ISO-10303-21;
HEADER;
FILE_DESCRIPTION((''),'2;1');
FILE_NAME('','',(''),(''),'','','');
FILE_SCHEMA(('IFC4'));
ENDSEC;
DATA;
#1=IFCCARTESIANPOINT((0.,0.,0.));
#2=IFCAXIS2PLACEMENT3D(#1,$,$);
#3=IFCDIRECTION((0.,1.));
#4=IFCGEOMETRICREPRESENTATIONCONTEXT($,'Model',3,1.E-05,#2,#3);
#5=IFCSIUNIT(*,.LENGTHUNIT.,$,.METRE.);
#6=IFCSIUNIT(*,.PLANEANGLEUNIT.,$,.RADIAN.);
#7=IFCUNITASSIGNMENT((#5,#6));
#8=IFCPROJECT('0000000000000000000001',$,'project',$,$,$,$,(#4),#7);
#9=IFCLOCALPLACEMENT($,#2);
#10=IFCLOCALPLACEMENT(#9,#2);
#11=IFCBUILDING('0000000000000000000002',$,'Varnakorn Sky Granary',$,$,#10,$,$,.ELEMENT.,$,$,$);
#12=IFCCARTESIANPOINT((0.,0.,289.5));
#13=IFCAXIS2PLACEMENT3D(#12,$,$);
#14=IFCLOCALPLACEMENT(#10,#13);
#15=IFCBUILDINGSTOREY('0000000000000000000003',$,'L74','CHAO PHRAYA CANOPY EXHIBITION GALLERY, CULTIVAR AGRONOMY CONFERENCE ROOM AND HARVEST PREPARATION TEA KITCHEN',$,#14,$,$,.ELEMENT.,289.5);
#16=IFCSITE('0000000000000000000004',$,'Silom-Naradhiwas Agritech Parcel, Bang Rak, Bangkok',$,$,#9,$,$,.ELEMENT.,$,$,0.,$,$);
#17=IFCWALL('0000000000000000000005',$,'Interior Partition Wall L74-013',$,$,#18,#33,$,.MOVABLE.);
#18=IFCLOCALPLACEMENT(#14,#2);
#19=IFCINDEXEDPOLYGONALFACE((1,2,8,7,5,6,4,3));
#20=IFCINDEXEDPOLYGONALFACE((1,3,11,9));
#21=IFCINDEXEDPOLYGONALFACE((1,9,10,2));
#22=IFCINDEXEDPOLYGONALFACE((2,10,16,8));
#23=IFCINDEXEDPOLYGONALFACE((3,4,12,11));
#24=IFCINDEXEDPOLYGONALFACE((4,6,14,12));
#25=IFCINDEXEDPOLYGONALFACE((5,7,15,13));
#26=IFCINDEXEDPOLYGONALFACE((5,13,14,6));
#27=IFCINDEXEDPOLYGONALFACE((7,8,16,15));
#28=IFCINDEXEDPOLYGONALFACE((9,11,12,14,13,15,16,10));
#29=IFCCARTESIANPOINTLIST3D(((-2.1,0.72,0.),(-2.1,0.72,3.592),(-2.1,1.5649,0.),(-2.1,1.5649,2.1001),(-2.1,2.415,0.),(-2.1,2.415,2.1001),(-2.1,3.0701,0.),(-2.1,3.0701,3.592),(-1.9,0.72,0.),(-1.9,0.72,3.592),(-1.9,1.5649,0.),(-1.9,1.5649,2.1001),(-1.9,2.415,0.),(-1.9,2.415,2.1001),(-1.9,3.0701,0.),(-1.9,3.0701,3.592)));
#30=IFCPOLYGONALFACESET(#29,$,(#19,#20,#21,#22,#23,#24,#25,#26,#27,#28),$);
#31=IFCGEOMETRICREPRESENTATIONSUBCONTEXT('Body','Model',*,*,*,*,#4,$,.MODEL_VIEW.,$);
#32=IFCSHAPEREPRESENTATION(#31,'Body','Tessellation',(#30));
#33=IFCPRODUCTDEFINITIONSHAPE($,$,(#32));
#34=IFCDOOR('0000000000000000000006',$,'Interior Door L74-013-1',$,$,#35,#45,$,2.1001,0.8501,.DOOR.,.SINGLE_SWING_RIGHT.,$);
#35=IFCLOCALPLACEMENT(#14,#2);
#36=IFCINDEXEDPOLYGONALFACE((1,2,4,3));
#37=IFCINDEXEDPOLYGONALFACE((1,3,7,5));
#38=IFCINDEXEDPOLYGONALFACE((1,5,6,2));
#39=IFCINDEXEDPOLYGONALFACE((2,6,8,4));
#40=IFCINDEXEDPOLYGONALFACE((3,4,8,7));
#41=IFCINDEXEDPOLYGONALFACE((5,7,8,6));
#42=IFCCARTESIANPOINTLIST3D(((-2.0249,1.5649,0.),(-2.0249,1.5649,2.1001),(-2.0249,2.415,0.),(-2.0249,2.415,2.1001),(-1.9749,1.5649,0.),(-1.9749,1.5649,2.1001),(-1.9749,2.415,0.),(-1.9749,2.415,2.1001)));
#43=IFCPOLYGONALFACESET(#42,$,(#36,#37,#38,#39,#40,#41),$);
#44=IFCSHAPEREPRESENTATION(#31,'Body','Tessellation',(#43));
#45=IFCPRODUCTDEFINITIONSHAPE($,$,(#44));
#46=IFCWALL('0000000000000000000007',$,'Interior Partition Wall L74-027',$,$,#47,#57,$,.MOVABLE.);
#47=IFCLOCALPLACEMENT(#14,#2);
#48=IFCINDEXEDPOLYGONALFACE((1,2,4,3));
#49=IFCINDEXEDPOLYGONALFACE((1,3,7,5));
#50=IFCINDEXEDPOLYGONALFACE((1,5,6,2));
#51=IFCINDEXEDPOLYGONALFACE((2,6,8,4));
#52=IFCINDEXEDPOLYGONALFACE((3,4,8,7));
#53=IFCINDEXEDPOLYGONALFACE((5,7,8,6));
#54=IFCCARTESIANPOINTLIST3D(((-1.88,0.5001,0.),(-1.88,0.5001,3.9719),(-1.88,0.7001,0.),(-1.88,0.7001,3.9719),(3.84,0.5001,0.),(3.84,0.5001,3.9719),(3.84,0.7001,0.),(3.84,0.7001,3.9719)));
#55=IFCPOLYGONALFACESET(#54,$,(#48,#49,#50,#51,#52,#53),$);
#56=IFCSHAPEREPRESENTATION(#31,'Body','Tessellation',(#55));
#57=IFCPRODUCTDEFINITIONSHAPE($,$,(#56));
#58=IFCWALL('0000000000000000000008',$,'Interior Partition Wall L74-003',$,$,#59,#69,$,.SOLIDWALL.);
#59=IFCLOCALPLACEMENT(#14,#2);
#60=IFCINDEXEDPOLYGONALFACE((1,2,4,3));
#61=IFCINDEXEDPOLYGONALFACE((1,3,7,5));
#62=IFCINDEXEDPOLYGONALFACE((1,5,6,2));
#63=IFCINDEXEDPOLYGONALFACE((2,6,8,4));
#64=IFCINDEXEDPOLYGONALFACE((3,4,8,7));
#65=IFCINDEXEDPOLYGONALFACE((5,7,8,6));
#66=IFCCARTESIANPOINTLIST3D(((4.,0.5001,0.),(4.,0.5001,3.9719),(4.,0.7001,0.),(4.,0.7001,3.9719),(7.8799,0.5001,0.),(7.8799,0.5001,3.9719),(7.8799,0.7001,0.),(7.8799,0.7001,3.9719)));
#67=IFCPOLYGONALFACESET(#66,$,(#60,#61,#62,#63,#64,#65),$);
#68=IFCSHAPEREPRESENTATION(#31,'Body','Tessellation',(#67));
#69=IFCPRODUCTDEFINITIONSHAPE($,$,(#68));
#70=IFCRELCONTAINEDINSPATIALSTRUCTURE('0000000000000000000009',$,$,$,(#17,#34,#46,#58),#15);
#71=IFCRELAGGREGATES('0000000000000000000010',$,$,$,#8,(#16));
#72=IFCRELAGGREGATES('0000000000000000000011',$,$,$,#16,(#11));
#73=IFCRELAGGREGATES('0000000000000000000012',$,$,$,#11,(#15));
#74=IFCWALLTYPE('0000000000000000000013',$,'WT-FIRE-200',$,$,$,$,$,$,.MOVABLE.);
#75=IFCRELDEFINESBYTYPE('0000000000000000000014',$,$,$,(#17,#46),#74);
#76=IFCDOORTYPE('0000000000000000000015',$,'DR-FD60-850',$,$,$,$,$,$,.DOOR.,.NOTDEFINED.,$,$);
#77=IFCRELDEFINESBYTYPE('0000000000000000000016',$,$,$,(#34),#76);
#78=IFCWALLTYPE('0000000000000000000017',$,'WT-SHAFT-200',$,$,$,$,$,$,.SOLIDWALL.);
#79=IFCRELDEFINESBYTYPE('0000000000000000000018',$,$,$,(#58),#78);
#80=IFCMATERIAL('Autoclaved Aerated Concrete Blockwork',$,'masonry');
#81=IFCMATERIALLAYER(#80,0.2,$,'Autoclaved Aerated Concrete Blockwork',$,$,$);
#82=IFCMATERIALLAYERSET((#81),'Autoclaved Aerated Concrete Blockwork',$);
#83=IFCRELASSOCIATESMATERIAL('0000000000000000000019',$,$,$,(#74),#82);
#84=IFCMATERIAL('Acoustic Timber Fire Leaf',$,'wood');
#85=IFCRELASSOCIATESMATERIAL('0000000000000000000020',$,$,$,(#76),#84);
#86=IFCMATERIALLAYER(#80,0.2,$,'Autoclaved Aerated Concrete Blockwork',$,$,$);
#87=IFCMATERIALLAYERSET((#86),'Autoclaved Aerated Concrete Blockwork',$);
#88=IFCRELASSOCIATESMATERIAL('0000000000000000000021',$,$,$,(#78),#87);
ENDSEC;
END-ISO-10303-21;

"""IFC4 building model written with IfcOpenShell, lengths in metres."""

from ifc_helpers import new_model, si_unit, direction, frame, frame_2d, origin, place, context, subcontext, project, spatial, rectangle, extrude, material, layer, layer_set, type_object, element, fill, save


model = new_model("IFC4")

# Units and contexts
model_context = context("Model", 3, precision=1e-05, world=origin(), true_north=direction((0.0, 1.0)))
body_context = subcontext(model_context, "Body", "Model", "MODEL_VIEW")
ifc_project = project(units=[si_unit("LENGTHUNIT", "METRE"), si_unit("PLANEANGLEUNIT", "RADIAN")], contexts=[model_context])

# Site, building, storey
site_placement = place(None, origin())
site = spatial("IfcSite", under=ifc_project, at=site_placement, Name="Silom-Naradhiwas Agritech Parcel, Bang Rak, Bangkok", CompositionType="ELEMENT", RefElevation=0.0)
building_placement = place(site_placement, origin())
building = spatial("IfcBuilding", under=site, at=building_placement, Name="Varnakorn Sky Granary", CompositionType="ELEMENT")
storey_placement = place(building_placement, frame((0.0, 0.0, 289.5)))
storey = spatial("IfcBuildingStorey", under=building, at=storey_placement, Name="L74", Description="CHAO PHRAYA CANOPY EXHIBITION GALLERY, CULTIVAR AGRONOMY CONFERENCE ROOM AND HARVEST PREPARATION TEA KITCHEN", CompositionType="ELEMENT", Elevation=289.5)

# Wall, opening, door
ifc_material_1 = material(Name="Autoclaved Aerated Concrete Blockwork", Category="masonry")
ifc_layer_1 = layer(ifc_material_1, 0.2, Name="Autoclaved Aerated Concrete Blockwork")
ifc_layer_set_1 = layer_set([ifc_layer_1], Name="Autoclaved Aerated Concrete Blockwork")
wall_type_1 = type_object("IfcWallType", Name="WT-FIRE-200", PredefinedType="MOVABLE", material=ifc_layer_set_1)
ifc_material_2 = material(Name="Acoustic Timber Fire Leaf", Category="wood")
wall_1_placement = place(storey_placement, frame((-2.0, 0.72, 0.0), z_axis=(0.0, 0.0, 1.0), x_axis=(0.0, 1.0, 0.0)))
wall_1 = element("IfcWall", 1, at=wall_1_placement, inside=storey, type_object=wall_type_1, Name="Interior Partition Wall L74-013", PredefinedType="MOVABLE", context=body_context, shape_type="SweptSolid", body=[
    extrude(rectangle(XDim=2.3501, YDim=0.2, at=frame_2d((1.175, 0.0))), origin(), (0.0, 0.0, 1.0), 3.592),
])
opening_1_placement = place(wall_1_placement, frame((0.845, 0.0, 0.0)))
opening_1 = element("IfcOpeningElement", 2, at=opening_1_placement, cuts=wall_1, PredefinedType="OPENING", context=body_context, shape_type="SweptSolid", body=[
    extrude(rectangle(XDim=0.8501, YDim=2.1001, at=frame_2d((0.425, 1.05))), frame((0.0, 0.1099, 0.0), z_axis=(0.0, -1.0, 0.0), x_axis=(1.0, 0.0, 0.0)), (0.0, 0.0, 1.0), 0.22),
])
door_type_1 = type_object("IfcDoorType", Name="DR-FD60-850", OperationType="NOTDEFINED", PredefinedType="DOOR", material=ifc_material_2)
door_1_placement = place(opening_1_placement, origin())
door_1 = element("IfcDoor", 3, at=door_1_placement, inside=storey, type_object=door_type_1, Name="Interior Door L74-013-1", OperationType="SINGLE_SWING_RIGHT", OverallHeight=2.1001, OverallWidth=0.8501, PredefinedType="DOOR", context=body_context, shape_type="SweptSolid", body=[
    extrude(rectangle(XDim=0.8501, YDim=2.1001, at=frame_2d((0.425, 1.05))), frame((0.0, 0.0249, 0.0), z_axis=(0.0, -1.0, 0.0), x_axis=(1.0, 0.0, 0.0)), (0.0, 0.0, 1.0), 0.05),
])
fill(opening_1, door_1)

# Walls
wall_2_placement = place(storey_placement, frame((-1.8799, 0.6001, 0.0), z_axis=(0.0, 0.0, 1.0), x_axis=(1.0, 0.0, 0.0)))
element("IfcWall", 4, at=wall_2_placement, inside=storey, type_object=wall_type_1, Name="Interior Partition Wall L74-027", PredefinedType="MOVABLE", context=body_context, shape_type="SweptSolid", body=[
    extrude(rectangle(XDim=5.72, YDim=0.2, at=frame_2d((2.8599, 0.0))), origin(), (0.0, 0.0, 1.0), 3.9719),
])
ifc_layer_2 = layer(ifc_material_1, 0.2, Name="Autoclaved Aerated Concrete Blockwork")
ifc_layer_set_2 = layer_set([ifc_layer_2], Name="Autoclaved Aerated Concrete Blockwork")
wall_type_2 = type_object("IfcWallType", Name="WT-SHAFT-200", PredefinedType="SOLIDWALL", material=ifc_layer_set_2)
wall_3_placement = place(storey_placement, frame((4.0, 0.6001, 0.0), z_axis=(0.0, 0.0, 1.0), x_axis=(1.0, 0.0, 0.0)))
element("IfcWall", 5, at=wall_3_placement, inside=storey, type_object=wall_type_2, Name="Interior Partition Wall L74-003", PredefinedType="SOLIDWALL", context=body_context, shape_type="SweptSolid", body=[
    extrude(rectangle(XDim=3.8799, YDim=0.2, at=frame_2d((1.9399, 0.0))), origin(), (0.0, 0.0, 1.0), 3.9719),
])

save(model, "model.ifc")
